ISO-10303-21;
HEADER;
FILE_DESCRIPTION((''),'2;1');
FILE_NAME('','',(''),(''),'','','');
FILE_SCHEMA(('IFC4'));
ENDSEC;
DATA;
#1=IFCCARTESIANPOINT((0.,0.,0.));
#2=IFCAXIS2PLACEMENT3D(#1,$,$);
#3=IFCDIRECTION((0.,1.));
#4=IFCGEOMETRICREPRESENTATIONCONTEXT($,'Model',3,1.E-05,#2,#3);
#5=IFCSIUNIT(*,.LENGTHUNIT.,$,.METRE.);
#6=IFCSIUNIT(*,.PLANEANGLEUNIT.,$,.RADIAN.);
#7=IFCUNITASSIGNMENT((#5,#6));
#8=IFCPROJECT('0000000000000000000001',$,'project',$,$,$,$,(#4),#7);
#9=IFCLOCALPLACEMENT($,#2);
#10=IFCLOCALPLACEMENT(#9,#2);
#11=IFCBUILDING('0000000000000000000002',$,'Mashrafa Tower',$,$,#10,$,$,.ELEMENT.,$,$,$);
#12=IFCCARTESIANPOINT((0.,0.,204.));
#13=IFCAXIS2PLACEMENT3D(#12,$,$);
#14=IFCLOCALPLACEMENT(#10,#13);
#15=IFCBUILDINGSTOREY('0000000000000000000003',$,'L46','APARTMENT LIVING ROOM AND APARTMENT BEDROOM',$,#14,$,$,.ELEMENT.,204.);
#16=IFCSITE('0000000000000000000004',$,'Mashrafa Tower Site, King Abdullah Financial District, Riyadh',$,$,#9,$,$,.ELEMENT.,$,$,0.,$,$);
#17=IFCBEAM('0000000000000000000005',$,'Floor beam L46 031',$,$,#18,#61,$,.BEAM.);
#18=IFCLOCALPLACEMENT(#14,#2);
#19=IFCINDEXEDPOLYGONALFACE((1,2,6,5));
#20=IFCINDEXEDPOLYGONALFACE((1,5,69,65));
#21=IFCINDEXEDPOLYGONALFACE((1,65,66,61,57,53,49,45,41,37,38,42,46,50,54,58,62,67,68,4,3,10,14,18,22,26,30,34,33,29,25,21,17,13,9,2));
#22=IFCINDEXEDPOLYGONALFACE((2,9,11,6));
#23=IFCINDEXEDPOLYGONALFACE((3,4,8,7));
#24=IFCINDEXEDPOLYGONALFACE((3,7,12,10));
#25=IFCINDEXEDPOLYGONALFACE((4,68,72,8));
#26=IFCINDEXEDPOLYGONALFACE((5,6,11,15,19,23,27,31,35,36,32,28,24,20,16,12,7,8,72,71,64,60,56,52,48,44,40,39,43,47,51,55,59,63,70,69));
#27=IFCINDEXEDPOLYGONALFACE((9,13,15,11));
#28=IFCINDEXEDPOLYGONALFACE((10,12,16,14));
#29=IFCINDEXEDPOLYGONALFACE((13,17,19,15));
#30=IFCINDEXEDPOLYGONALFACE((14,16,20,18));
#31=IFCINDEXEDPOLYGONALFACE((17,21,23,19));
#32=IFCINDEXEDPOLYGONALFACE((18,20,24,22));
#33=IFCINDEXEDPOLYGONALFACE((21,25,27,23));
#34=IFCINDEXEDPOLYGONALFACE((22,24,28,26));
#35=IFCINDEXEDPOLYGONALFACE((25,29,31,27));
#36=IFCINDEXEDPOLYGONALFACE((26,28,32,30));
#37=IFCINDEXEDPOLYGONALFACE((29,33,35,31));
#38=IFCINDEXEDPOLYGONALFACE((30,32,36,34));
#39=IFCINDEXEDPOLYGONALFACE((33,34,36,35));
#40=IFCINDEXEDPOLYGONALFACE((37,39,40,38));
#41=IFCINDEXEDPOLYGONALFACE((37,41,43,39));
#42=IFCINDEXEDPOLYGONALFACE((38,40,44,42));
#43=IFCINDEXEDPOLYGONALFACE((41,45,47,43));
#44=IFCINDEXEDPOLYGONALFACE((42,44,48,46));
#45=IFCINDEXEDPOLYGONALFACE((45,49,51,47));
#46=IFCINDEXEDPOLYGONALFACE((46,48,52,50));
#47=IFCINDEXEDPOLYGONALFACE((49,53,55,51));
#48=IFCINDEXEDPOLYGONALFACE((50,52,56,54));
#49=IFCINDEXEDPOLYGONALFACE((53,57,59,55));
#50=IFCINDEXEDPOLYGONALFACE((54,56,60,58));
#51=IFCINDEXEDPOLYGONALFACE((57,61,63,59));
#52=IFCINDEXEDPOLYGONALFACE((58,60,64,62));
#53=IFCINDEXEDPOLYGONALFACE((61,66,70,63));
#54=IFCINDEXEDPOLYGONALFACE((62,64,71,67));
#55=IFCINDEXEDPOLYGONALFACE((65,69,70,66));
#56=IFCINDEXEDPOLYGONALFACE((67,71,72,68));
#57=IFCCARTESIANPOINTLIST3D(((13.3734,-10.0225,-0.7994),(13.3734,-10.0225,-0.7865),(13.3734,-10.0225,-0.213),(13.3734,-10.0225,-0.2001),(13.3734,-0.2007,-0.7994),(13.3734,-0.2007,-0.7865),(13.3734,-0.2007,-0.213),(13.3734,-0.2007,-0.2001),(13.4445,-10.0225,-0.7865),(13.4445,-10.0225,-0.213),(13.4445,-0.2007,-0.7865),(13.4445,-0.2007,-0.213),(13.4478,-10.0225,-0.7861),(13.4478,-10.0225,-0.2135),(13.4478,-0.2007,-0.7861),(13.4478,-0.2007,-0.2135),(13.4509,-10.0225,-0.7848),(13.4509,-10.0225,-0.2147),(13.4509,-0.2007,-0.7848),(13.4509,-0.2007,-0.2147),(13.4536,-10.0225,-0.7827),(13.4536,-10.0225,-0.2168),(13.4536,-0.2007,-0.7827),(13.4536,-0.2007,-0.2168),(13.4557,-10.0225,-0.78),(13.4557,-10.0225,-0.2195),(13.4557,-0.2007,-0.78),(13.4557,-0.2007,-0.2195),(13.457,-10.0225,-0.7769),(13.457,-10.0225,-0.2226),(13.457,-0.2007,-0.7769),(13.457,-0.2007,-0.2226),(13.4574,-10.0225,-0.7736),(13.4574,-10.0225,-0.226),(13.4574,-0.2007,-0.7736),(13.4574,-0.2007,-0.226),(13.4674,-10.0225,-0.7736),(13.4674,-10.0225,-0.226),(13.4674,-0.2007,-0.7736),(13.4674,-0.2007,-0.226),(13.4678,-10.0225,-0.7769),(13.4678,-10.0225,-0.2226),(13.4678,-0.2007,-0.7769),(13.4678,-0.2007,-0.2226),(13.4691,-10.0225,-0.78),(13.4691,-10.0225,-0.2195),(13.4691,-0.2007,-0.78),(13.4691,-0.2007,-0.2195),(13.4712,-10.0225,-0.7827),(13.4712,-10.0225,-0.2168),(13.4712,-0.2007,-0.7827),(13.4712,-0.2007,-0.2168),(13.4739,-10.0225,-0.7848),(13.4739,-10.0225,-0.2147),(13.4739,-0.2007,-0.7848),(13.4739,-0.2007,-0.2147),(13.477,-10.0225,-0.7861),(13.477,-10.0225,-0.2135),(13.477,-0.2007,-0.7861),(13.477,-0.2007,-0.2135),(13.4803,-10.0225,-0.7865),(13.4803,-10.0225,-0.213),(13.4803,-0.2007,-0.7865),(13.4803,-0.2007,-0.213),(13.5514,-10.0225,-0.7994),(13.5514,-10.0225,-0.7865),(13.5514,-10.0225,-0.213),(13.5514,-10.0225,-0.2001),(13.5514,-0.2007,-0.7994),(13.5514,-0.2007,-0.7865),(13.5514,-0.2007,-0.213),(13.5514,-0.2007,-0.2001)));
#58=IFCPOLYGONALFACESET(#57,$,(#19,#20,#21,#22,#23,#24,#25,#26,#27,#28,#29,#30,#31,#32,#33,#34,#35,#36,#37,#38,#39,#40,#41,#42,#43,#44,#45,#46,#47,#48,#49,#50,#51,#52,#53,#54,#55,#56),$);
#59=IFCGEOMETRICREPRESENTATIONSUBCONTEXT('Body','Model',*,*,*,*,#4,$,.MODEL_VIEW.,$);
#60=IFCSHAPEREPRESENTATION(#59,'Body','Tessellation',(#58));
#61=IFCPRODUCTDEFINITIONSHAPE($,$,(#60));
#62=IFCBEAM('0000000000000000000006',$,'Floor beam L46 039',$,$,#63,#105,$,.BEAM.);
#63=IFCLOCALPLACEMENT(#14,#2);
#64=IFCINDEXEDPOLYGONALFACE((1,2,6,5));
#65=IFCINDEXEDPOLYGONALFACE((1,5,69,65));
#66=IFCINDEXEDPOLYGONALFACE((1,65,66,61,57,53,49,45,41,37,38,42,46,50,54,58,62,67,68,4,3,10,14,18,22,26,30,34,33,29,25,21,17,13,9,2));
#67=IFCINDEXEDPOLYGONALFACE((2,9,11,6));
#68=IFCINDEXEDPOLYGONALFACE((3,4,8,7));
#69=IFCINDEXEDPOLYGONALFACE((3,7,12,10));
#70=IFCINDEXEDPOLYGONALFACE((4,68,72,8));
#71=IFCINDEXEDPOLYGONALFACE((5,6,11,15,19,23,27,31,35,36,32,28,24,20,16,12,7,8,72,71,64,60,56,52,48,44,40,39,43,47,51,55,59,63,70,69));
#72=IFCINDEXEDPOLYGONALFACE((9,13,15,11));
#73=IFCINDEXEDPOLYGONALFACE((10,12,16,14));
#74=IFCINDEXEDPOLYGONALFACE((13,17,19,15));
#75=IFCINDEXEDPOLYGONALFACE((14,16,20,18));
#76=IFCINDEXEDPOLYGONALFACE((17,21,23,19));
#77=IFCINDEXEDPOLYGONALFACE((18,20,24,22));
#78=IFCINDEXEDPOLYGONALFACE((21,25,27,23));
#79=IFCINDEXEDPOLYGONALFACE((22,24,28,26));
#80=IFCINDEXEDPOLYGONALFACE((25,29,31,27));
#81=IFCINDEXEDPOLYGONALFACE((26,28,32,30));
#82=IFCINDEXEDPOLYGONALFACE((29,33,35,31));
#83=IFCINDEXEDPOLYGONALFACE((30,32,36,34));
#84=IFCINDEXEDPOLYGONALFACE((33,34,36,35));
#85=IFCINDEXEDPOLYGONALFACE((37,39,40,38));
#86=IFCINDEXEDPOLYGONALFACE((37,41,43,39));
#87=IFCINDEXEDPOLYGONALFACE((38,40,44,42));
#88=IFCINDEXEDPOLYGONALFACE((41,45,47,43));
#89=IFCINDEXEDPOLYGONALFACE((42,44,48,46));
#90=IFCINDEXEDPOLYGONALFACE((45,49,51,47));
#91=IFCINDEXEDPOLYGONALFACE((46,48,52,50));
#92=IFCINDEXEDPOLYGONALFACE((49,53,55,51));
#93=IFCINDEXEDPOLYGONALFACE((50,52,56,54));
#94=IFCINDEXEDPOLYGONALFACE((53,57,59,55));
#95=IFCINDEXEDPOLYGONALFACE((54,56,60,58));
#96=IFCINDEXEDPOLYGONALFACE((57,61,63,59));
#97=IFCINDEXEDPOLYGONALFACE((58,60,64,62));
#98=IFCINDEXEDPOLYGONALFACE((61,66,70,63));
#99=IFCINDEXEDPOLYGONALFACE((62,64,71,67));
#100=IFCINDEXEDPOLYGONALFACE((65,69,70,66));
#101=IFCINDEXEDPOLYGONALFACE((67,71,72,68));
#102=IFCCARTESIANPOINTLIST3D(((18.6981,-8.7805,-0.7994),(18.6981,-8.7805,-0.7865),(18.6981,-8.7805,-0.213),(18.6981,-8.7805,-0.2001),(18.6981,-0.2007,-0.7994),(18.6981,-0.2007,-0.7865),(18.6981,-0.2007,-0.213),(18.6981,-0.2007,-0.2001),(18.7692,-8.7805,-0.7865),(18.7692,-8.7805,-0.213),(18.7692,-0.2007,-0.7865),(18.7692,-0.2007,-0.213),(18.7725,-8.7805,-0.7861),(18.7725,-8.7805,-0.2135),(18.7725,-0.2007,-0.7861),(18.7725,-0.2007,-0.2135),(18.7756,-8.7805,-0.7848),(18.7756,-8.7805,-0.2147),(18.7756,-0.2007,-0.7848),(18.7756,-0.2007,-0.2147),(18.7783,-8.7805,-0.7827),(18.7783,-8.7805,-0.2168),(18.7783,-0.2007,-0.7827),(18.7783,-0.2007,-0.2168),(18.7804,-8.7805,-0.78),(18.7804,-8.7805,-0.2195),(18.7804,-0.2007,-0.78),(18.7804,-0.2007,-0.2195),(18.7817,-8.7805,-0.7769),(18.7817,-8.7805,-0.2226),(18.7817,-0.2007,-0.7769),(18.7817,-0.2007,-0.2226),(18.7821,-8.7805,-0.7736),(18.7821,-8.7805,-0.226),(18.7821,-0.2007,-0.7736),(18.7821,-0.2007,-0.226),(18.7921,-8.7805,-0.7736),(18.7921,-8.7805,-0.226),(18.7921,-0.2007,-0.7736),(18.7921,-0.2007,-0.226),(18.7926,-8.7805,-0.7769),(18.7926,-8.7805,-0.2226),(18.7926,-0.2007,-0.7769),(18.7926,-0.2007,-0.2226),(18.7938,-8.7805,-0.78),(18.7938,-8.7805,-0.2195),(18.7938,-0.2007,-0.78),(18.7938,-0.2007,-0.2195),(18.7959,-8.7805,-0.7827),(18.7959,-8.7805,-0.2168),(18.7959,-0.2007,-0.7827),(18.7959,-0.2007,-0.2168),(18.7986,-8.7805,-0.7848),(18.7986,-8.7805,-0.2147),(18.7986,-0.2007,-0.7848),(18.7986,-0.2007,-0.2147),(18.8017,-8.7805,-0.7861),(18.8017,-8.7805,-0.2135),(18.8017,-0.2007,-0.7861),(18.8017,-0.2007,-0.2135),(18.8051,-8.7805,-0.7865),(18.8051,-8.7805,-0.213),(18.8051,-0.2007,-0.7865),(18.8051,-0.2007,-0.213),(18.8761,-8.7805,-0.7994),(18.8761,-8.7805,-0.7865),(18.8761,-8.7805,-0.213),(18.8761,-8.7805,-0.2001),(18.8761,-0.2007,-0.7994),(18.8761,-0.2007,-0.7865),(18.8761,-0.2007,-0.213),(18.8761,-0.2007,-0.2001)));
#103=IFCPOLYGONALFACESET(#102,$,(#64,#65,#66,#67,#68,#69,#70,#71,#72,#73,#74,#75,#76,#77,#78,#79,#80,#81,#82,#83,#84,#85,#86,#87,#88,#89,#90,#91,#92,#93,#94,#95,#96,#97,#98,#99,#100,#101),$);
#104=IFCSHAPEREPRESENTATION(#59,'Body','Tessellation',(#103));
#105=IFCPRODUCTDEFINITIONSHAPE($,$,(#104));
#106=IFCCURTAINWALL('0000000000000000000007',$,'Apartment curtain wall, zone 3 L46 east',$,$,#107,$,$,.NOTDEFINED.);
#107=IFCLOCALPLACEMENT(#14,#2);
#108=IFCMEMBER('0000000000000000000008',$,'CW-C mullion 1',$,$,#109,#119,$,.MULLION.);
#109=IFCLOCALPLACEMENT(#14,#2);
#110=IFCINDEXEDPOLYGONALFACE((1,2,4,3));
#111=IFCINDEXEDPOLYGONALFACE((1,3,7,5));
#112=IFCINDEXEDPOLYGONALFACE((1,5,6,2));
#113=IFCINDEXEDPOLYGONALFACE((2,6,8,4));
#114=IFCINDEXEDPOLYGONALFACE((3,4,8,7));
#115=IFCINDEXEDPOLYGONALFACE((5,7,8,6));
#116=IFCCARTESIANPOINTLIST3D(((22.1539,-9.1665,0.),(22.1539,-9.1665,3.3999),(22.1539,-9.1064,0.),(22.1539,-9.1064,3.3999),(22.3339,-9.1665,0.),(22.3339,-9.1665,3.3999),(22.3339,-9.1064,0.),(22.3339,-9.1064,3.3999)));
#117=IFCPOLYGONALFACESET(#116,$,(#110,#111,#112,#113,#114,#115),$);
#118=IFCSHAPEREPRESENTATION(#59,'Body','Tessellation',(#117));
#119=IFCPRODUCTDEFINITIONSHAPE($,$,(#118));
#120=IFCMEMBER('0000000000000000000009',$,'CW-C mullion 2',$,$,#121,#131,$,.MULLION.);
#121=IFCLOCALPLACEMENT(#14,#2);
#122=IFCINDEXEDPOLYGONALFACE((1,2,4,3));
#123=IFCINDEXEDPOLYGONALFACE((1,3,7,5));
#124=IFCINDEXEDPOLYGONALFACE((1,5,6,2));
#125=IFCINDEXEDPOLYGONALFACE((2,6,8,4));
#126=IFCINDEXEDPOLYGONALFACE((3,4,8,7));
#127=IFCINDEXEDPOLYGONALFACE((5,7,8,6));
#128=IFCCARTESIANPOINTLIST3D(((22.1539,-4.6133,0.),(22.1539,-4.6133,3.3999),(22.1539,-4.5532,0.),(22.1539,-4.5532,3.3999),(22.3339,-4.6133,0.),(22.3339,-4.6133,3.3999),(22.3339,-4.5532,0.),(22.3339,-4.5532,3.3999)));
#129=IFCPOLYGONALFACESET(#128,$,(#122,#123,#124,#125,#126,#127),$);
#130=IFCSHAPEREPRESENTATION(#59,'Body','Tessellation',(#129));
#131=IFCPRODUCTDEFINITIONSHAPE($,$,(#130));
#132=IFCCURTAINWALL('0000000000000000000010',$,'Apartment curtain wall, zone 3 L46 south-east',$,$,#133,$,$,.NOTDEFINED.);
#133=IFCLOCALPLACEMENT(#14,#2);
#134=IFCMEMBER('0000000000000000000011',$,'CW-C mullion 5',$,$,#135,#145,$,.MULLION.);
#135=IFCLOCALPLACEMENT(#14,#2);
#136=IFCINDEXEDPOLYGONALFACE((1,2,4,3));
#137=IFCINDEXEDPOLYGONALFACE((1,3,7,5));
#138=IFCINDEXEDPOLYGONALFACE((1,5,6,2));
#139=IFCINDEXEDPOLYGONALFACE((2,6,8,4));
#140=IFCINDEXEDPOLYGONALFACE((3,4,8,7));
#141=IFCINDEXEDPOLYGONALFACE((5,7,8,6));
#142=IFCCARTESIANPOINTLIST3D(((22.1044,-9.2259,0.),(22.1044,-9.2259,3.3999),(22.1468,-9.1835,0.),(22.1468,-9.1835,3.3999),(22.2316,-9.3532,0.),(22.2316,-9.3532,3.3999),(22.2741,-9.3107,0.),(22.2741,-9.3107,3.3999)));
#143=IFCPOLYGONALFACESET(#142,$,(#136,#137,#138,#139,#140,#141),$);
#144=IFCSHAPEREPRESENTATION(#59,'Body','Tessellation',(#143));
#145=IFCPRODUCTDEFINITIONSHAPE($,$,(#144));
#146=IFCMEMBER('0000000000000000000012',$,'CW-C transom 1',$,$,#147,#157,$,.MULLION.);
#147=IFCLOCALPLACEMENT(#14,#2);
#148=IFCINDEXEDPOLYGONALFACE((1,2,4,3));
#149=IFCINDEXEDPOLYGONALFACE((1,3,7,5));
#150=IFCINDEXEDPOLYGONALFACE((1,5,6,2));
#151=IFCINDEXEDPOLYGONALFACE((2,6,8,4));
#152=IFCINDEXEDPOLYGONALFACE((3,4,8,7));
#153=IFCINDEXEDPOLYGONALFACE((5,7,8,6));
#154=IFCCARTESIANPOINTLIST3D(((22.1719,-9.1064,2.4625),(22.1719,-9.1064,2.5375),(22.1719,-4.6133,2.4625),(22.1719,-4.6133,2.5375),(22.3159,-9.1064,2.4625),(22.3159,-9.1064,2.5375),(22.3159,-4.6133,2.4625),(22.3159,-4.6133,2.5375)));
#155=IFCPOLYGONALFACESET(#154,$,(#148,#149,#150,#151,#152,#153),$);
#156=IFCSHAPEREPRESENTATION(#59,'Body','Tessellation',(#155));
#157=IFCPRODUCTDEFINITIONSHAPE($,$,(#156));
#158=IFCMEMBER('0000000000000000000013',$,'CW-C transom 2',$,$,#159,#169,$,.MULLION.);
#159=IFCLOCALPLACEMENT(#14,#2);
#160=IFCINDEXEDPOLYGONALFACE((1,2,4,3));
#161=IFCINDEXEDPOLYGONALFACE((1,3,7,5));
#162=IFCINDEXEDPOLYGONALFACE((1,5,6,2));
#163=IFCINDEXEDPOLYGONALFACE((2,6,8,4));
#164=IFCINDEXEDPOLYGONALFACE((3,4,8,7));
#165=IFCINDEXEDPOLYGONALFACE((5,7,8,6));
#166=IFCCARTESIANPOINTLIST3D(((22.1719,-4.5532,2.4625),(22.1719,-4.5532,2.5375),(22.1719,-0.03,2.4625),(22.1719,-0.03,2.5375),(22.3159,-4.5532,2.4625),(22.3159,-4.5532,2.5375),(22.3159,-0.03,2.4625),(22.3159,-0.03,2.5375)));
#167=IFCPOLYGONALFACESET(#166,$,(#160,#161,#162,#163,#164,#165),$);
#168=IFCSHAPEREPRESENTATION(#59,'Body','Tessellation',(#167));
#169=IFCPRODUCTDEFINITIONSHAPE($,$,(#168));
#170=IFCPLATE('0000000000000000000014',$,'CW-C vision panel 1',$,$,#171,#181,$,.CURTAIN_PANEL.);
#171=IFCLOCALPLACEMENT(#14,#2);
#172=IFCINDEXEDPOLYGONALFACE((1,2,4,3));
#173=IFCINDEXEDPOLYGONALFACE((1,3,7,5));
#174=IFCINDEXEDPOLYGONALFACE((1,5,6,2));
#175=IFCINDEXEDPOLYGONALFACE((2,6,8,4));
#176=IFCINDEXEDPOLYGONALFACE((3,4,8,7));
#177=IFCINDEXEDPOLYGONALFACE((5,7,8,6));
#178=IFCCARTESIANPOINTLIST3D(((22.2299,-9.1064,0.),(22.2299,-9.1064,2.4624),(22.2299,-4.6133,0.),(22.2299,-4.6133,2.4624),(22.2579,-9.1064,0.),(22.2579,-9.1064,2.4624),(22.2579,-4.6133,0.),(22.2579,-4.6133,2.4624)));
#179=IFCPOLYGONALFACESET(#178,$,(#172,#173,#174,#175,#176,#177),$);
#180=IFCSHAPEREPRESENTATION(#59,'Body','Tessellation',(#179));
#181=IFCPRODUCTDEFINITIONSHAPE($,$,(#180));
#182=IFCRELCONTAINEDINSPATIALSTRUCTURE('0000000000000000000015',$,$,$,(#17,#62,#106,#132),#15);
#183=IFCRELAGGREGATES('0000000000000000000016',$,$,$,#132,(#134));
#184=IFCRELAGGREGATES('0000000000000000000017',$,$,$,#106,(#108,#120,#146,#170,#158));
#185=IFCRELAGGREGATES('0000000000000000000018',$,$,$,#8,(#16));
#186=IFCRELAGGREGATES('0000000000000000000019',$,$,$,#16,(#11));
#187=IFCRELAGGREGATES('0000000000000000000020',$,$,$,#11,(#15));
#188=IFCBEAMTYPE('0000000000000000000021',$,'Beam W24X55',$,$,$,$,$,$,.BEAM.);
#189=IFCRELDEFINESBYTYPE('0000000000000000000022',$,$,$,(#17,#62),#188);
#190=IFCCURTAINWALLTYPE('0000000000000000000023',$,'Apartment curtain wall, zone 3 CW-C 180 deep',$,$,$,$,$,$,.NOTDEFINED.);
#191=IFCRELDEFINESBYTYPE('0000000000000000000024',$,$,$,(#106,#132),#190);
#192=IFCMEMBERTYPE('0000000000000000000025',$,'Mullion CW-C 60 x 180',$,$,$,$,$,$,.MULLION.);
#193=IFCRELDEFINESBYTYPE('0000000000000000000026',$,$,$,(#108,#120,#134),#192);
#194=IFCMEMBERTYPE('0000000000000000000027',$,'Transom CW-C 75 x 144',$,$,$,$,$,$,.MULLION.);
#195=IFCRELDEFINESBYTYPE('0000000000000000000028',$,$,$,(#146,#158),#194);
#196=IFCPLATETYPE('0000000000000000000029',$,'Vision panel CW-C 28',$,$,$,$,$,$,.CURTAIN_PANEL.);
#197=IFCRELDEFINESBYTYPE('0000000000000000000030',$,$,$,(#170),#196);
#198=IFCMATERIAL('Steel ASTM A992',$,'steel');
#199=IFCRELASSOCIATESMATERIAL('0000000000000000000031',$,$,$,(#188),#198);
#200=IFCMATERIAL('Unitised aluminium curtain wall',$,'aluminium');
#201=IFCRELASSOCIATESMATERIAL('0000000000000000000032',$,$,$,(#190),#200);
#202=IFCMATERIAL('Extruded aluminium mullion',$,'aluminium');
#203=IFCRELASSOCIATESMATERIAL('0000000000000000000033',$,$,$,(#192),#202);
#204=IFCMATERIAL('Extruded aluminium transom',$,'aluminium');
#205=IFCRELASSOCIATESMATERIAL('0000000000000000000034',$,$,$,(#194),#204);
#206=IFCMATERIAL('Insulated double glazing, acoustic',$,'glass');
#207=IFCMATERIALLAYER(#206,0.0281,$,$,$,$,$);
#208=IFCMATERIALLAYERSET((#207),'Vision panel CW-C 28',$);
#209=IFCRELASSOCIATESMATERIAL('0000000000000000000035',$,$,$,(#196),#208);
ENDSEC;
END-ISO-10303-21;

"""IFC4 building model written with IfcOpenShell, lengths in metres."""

from ifc_helpers import new_model, si_unit, direction, frame, origin, origin_2d, place, context, subcontext, project, spatial, rectangle, i_section, extrude, source, transform, mapped, material, layer, layer_set, material_profile, profile_set, type_object, type_shapes, element, aggregate, save


model = new_model("IFC4")

# Units and contexts
model_context = context("Model", 3, precision=1e-05, world=origin(), true_north=direction((0.0, 1.0)))
body_context = subcontext(model_context, "Body", "Model", "MODEL_VIEW")
ifc_project = project(units=[si_unit("LENGTHUNIT", "METRE"), si_unit("PLANEANGLEUNIT", "RADIAN")], contexts=[model_context])

# Site, building, storey
site_placement = place(None, origin())
site = spatial("IfcSite", under=ifc_project, at=site_placement, Name="Mashrafa Tower Site, King Abdullah Financial District, Riyadh", CompositionType="ELEMENT", RefElevation=0.0)
building_placement = place(site_placement, origin())
building = spatial("IfcBuilding", under=site, at=building_placement, Name="Mashrafa Tower", CompositionType="ELEMENT")
storey_placement = place(building_placement, frame((0.0, 0.0, 204.0)))
storey = spatial("IfcBuildingStorey", under=building, at=storey_placement, Name="L46", Description="APARTMENT LIVING ROOM AND APARTMENT BEDROOM", CompositionType="ELEMENT", Elevation=204.0)

# Beams
ifc_material_1 = material(Name="Steel ASTM A992", Category="steel")
ifc_material_profile_1 = material_profile(ifc_material_1, i_section(OverallWidth=0.178, OverallDepth=0.5994, WebThickness=0.01, FlangeThickness=0.0129, FilletRadius=0.0129, at=origin_2d()), Name="W24X55")
ifc_profile_set_1 = profile_set([ifc_material_profile_1], Name="Steel ASTM A992")
beam_type_1 = type_object("IfcBeamType", Name="Beam W24X55", PredefinedType="BEAM", material=ifc_profile_set_1)
beam_1_placement = place(storey_placement, frame((13.4624, -0.2007, -0.4998), z_axis=(0.0, -1.0, 0.0), x_axis=(1.0, 0.0, 0.0)))
element("IfcBeam", 1, at=beam_1_placement, inside=storey, type_object=beam_type_1, Name="Floor beam L46 031", PredefinedType="BEAM", context=body_context, shape_type="SweptSolid", body=[
    extrude(i_section(OverallWidth=0.178, OverallDepth=0.5994, WebThickness=0.01, FlangeThickness=0.0129, FilletRadius=0.0129, at=origin_2d()), origin(), (0.0, 0.0, 1.0), 9.8218),
])
beam_2_placement = place(storey_placement, frame((18.7871, -0.2007, -0.4998), z_axis=(0.0, -1.0, 0.0), x_axis=(1.0, 0.0, 0.0)))
element("IfcBeam", 2, at=beam_2_placement, inside=storey, type_object=beam_type_1, Name="Floor beam L46 039", PredefinedType="BEAM", context=body_context, shape_type="SweptSolid", body=[
    extrude(i_section(OverallWidth=0.178, OverallDepth=0.5994, WebThickness=0.01, FlangeThickness=0.0129, FilletRadius=0.0129, at=origin_2d()), origin(), (0.0, 0.0, 1.0), 8.5798),
])

# Curtain wall, members
ifc_material_2 = material(Name="Unitised aluminium curtain wall", Category="aluminium")
curtain_wall_type = type_object("IfcCurtainWallType", Name="Apartment curtain wall, zone 3 CW-C 180 deep", PredefinedType="NOTDEFINED", material=ifc_material_2)
curtain_wall_1_placement = place(storey_placement, origin())
curtain_wall_1 = element("IfcCurtainWall", 3, at=curtain_wall_1_placement, inside=storey, type_object=curtain_wall_type, Name="Apartment curtain wall, zone 3 L46 east", PredefinedType="NOTDEFINED")
ifc_material_3 = material(Name="Extruded aluminium mullion", Category="aluminium")
ifc_material_profile_2 = material_profile(ifc_material_3, rectangle(XDim=0.1799, YDim=0.0601, at=origin_2d()), Name="Mullion 60x180")
ifc_profile_set_2 = profile_set([ifc_material_profile_2], Name="Extruded aluminium mullion")
member_type_1 = type_object("IfcMemberType", Name="Mullion CW-C 60 x 180", PredefinedType="MULLION", material=ifc_profile_set_2)
shared_shape_1 = source(origin(), body_context, "Body", "SweptSolid", [
    extrude(rectangle(XDim=0.1799, YDim=0.0601, at=origin_2d()), origin(), (0.0, 0.0, 1.0), 3.3999),
])
type_shapes(member_type_1, [shared_shape_1])
member_1_placement = place(storey_placement, frame((22.2439, -9.1365, 0.0), z_axis=(0.0, 0.0, 1.0), x_axis=(-1.0, 0.0, 0.0)))
member_1 = element("IfcMember", 4, at=member_1_placement, type_object=member_type_1, Name="CW-C mullion 1", PredefinedType="MULLION", context=body_context, shape_type="MappedRepresentation", body=[
    mapped(shared_shape_1, transform((0.0, 0.0, 0.0))),
])
member_2_placement = place(storey_placement, frame((22.2439, -4.5833, 0.0), z_axis=(0.0, 0.0, 1.0), x_axis=(-1.0, 0.0, 0.0)))
member_2 = element("IfcMember", 5, at=member_2_placement, type_object=member_type_1, Name="CW-C mullion 2", PredefinedType="MULLION", context=body_context, shape_type="MappedRepresentation", body=[
    mapped(shared_shape_1, transform((0.0, 0.0, 0.0))),
])

# Curtain wall, member
curtain_wall_2_placement = place(storey_placement, origin())
curtain_wall_2 = element("IfcCurtainWall", 6, at=curtain_wall_2_placement, inside=storey, type_object=curtain_wall_type, Name="Apartment curtain wall, zone 3 L46 south-east", PredefinedType="NOTDEFINED")
member_3_placement = place(storey_placement, frame((22.1892, -9.2683, 0.0), z_axis=(0.0, 0.0, 1.0), x_axis=(-0.707107, 0.707107, 0.0)))
member_3 = element("IfcMember", 7, at=member_3_placement, type_object=member_type_1, Name="CW-C mullion 5", PredefinedType="MULLION", context=body_context, shape_type="MappedRepresentation", body=[
    mapped(shared_shape_1, transform((0.0, 0.0, 0.0))),
])
aggregate(curtain_wall_2, [member_3])

# Members
ifc_material_4 = material(Name="Extruded aluminium transom", Category="aluminium")
ifc_material_profile_3 = material_profile(ifc_material_4, rectangle(XDim=0.144, YDim=0.075, at=origin_2d()), Name="Transom 75x144")
ifc_profile_set_3 = profile_set([ifc_material_profile_3], Name="Extruded aluminium transom")
member_type_2 = type_object("IfcMemberType", Name="Transom CW-C 75 x 144", PredefinedType="MULLION", material=ifc_profile_set_3)
shared_shape_2 = source(origin(), body_context, "Body", "SweptSolid", [
    extrude(rectangle(XDim=0.144, YDim=0.075, at=origin_2d()), origin(), (0.0, 0.0, 1.0), 4.4932),
])
member_4_placement = place(storey_placement, frame((22.2439, -9.1064, 2.5), z_axis=(0.0, 1.0, 0.0), x_axis=(-1.0, 0.0, 0.0)))
member_4 = element("IfcMember", 8, at=member_4_placement, type_object=member_type_2, Name="CW-C transom 1", PredefinedType="MULLION", context=body_context, shape_type="MappedRepresentation", body=[
    mapped(shared_shape_2, transform((0.0, 0.0, 0.0))),
])
shared_shape_3 = source(origin(), body_context, "Body", "SweptSolid", [
    extrude(rectangle(XDim=0.144, YDim=0.075, at=origin_2d()), origin(), (0.0, 0.0, 1.0), 4.5232),
])
type_shapes(member_type_2, [shared_shape_2, shared_shape_3])
member_5_placement = place(storey_placement, frame((22.2439, -4.5532, 2.5), z_axis=(0.0, 1.0, 0.0), x_axis=(-1.0, 0.0, 0.0)))
member_5 = element("IfcMember", 9, at=member_5_placement, type_object=member_type_2, Name="CW-C transom 2", PredefinedType="MULLION", context=body_context, shape_type="MappedRepresentation", body=[
    mapped(shared_shape_3, transform((0.0, 0.0, 0.0))),
])

# Plate
ifc_material_5 = material(Name="Insulated double glazing, acoustic", Category="glass")
ifc_layer_1 = layer(ifc_material_5, 0.0281)
ifc_layer_set_1 = layer_set([ifc_layer_1], Name="Vision panel CW-C 28")
plate_type_1 = type_object("IfcPlateType", Name="Vision panel CW-C 28", PredefinedType="CURTAIN_PANEL", material=ifc_layer_set_1)
shared_shape_4 = source(origin(), body_context, "Body", "SweptSolid", [
    extrude(rectangle(XDim=4.4932, YDim=0.0281, at=origin_2d()), origin(), (0.0, 0.0, 1.0), 2.4624),
])
plate_1_placement = place(storey_placement, frame((22.2439, -6.8599, 0.0), z_axis=(0.0, 0.0, 1.0), x_axis=(0.0, 1.0, 0.0)))
plate_1 = element("IfcPlate", 10, at=plate_1_placement, type_object=plate_type_1, Name="CW-C vision panel 1", PredefinedType="CURTAIN_PANEL", context=body_context, shape_type="MappedRepresentation", body=[
    mapped(shared_shape_4, transform((0.0, 0.0, 0.0))),
])
aggregate(curtain_wall_1, [member_1, member_2, member_4, plate_1, member_5])

save(model, "model.ifc")
